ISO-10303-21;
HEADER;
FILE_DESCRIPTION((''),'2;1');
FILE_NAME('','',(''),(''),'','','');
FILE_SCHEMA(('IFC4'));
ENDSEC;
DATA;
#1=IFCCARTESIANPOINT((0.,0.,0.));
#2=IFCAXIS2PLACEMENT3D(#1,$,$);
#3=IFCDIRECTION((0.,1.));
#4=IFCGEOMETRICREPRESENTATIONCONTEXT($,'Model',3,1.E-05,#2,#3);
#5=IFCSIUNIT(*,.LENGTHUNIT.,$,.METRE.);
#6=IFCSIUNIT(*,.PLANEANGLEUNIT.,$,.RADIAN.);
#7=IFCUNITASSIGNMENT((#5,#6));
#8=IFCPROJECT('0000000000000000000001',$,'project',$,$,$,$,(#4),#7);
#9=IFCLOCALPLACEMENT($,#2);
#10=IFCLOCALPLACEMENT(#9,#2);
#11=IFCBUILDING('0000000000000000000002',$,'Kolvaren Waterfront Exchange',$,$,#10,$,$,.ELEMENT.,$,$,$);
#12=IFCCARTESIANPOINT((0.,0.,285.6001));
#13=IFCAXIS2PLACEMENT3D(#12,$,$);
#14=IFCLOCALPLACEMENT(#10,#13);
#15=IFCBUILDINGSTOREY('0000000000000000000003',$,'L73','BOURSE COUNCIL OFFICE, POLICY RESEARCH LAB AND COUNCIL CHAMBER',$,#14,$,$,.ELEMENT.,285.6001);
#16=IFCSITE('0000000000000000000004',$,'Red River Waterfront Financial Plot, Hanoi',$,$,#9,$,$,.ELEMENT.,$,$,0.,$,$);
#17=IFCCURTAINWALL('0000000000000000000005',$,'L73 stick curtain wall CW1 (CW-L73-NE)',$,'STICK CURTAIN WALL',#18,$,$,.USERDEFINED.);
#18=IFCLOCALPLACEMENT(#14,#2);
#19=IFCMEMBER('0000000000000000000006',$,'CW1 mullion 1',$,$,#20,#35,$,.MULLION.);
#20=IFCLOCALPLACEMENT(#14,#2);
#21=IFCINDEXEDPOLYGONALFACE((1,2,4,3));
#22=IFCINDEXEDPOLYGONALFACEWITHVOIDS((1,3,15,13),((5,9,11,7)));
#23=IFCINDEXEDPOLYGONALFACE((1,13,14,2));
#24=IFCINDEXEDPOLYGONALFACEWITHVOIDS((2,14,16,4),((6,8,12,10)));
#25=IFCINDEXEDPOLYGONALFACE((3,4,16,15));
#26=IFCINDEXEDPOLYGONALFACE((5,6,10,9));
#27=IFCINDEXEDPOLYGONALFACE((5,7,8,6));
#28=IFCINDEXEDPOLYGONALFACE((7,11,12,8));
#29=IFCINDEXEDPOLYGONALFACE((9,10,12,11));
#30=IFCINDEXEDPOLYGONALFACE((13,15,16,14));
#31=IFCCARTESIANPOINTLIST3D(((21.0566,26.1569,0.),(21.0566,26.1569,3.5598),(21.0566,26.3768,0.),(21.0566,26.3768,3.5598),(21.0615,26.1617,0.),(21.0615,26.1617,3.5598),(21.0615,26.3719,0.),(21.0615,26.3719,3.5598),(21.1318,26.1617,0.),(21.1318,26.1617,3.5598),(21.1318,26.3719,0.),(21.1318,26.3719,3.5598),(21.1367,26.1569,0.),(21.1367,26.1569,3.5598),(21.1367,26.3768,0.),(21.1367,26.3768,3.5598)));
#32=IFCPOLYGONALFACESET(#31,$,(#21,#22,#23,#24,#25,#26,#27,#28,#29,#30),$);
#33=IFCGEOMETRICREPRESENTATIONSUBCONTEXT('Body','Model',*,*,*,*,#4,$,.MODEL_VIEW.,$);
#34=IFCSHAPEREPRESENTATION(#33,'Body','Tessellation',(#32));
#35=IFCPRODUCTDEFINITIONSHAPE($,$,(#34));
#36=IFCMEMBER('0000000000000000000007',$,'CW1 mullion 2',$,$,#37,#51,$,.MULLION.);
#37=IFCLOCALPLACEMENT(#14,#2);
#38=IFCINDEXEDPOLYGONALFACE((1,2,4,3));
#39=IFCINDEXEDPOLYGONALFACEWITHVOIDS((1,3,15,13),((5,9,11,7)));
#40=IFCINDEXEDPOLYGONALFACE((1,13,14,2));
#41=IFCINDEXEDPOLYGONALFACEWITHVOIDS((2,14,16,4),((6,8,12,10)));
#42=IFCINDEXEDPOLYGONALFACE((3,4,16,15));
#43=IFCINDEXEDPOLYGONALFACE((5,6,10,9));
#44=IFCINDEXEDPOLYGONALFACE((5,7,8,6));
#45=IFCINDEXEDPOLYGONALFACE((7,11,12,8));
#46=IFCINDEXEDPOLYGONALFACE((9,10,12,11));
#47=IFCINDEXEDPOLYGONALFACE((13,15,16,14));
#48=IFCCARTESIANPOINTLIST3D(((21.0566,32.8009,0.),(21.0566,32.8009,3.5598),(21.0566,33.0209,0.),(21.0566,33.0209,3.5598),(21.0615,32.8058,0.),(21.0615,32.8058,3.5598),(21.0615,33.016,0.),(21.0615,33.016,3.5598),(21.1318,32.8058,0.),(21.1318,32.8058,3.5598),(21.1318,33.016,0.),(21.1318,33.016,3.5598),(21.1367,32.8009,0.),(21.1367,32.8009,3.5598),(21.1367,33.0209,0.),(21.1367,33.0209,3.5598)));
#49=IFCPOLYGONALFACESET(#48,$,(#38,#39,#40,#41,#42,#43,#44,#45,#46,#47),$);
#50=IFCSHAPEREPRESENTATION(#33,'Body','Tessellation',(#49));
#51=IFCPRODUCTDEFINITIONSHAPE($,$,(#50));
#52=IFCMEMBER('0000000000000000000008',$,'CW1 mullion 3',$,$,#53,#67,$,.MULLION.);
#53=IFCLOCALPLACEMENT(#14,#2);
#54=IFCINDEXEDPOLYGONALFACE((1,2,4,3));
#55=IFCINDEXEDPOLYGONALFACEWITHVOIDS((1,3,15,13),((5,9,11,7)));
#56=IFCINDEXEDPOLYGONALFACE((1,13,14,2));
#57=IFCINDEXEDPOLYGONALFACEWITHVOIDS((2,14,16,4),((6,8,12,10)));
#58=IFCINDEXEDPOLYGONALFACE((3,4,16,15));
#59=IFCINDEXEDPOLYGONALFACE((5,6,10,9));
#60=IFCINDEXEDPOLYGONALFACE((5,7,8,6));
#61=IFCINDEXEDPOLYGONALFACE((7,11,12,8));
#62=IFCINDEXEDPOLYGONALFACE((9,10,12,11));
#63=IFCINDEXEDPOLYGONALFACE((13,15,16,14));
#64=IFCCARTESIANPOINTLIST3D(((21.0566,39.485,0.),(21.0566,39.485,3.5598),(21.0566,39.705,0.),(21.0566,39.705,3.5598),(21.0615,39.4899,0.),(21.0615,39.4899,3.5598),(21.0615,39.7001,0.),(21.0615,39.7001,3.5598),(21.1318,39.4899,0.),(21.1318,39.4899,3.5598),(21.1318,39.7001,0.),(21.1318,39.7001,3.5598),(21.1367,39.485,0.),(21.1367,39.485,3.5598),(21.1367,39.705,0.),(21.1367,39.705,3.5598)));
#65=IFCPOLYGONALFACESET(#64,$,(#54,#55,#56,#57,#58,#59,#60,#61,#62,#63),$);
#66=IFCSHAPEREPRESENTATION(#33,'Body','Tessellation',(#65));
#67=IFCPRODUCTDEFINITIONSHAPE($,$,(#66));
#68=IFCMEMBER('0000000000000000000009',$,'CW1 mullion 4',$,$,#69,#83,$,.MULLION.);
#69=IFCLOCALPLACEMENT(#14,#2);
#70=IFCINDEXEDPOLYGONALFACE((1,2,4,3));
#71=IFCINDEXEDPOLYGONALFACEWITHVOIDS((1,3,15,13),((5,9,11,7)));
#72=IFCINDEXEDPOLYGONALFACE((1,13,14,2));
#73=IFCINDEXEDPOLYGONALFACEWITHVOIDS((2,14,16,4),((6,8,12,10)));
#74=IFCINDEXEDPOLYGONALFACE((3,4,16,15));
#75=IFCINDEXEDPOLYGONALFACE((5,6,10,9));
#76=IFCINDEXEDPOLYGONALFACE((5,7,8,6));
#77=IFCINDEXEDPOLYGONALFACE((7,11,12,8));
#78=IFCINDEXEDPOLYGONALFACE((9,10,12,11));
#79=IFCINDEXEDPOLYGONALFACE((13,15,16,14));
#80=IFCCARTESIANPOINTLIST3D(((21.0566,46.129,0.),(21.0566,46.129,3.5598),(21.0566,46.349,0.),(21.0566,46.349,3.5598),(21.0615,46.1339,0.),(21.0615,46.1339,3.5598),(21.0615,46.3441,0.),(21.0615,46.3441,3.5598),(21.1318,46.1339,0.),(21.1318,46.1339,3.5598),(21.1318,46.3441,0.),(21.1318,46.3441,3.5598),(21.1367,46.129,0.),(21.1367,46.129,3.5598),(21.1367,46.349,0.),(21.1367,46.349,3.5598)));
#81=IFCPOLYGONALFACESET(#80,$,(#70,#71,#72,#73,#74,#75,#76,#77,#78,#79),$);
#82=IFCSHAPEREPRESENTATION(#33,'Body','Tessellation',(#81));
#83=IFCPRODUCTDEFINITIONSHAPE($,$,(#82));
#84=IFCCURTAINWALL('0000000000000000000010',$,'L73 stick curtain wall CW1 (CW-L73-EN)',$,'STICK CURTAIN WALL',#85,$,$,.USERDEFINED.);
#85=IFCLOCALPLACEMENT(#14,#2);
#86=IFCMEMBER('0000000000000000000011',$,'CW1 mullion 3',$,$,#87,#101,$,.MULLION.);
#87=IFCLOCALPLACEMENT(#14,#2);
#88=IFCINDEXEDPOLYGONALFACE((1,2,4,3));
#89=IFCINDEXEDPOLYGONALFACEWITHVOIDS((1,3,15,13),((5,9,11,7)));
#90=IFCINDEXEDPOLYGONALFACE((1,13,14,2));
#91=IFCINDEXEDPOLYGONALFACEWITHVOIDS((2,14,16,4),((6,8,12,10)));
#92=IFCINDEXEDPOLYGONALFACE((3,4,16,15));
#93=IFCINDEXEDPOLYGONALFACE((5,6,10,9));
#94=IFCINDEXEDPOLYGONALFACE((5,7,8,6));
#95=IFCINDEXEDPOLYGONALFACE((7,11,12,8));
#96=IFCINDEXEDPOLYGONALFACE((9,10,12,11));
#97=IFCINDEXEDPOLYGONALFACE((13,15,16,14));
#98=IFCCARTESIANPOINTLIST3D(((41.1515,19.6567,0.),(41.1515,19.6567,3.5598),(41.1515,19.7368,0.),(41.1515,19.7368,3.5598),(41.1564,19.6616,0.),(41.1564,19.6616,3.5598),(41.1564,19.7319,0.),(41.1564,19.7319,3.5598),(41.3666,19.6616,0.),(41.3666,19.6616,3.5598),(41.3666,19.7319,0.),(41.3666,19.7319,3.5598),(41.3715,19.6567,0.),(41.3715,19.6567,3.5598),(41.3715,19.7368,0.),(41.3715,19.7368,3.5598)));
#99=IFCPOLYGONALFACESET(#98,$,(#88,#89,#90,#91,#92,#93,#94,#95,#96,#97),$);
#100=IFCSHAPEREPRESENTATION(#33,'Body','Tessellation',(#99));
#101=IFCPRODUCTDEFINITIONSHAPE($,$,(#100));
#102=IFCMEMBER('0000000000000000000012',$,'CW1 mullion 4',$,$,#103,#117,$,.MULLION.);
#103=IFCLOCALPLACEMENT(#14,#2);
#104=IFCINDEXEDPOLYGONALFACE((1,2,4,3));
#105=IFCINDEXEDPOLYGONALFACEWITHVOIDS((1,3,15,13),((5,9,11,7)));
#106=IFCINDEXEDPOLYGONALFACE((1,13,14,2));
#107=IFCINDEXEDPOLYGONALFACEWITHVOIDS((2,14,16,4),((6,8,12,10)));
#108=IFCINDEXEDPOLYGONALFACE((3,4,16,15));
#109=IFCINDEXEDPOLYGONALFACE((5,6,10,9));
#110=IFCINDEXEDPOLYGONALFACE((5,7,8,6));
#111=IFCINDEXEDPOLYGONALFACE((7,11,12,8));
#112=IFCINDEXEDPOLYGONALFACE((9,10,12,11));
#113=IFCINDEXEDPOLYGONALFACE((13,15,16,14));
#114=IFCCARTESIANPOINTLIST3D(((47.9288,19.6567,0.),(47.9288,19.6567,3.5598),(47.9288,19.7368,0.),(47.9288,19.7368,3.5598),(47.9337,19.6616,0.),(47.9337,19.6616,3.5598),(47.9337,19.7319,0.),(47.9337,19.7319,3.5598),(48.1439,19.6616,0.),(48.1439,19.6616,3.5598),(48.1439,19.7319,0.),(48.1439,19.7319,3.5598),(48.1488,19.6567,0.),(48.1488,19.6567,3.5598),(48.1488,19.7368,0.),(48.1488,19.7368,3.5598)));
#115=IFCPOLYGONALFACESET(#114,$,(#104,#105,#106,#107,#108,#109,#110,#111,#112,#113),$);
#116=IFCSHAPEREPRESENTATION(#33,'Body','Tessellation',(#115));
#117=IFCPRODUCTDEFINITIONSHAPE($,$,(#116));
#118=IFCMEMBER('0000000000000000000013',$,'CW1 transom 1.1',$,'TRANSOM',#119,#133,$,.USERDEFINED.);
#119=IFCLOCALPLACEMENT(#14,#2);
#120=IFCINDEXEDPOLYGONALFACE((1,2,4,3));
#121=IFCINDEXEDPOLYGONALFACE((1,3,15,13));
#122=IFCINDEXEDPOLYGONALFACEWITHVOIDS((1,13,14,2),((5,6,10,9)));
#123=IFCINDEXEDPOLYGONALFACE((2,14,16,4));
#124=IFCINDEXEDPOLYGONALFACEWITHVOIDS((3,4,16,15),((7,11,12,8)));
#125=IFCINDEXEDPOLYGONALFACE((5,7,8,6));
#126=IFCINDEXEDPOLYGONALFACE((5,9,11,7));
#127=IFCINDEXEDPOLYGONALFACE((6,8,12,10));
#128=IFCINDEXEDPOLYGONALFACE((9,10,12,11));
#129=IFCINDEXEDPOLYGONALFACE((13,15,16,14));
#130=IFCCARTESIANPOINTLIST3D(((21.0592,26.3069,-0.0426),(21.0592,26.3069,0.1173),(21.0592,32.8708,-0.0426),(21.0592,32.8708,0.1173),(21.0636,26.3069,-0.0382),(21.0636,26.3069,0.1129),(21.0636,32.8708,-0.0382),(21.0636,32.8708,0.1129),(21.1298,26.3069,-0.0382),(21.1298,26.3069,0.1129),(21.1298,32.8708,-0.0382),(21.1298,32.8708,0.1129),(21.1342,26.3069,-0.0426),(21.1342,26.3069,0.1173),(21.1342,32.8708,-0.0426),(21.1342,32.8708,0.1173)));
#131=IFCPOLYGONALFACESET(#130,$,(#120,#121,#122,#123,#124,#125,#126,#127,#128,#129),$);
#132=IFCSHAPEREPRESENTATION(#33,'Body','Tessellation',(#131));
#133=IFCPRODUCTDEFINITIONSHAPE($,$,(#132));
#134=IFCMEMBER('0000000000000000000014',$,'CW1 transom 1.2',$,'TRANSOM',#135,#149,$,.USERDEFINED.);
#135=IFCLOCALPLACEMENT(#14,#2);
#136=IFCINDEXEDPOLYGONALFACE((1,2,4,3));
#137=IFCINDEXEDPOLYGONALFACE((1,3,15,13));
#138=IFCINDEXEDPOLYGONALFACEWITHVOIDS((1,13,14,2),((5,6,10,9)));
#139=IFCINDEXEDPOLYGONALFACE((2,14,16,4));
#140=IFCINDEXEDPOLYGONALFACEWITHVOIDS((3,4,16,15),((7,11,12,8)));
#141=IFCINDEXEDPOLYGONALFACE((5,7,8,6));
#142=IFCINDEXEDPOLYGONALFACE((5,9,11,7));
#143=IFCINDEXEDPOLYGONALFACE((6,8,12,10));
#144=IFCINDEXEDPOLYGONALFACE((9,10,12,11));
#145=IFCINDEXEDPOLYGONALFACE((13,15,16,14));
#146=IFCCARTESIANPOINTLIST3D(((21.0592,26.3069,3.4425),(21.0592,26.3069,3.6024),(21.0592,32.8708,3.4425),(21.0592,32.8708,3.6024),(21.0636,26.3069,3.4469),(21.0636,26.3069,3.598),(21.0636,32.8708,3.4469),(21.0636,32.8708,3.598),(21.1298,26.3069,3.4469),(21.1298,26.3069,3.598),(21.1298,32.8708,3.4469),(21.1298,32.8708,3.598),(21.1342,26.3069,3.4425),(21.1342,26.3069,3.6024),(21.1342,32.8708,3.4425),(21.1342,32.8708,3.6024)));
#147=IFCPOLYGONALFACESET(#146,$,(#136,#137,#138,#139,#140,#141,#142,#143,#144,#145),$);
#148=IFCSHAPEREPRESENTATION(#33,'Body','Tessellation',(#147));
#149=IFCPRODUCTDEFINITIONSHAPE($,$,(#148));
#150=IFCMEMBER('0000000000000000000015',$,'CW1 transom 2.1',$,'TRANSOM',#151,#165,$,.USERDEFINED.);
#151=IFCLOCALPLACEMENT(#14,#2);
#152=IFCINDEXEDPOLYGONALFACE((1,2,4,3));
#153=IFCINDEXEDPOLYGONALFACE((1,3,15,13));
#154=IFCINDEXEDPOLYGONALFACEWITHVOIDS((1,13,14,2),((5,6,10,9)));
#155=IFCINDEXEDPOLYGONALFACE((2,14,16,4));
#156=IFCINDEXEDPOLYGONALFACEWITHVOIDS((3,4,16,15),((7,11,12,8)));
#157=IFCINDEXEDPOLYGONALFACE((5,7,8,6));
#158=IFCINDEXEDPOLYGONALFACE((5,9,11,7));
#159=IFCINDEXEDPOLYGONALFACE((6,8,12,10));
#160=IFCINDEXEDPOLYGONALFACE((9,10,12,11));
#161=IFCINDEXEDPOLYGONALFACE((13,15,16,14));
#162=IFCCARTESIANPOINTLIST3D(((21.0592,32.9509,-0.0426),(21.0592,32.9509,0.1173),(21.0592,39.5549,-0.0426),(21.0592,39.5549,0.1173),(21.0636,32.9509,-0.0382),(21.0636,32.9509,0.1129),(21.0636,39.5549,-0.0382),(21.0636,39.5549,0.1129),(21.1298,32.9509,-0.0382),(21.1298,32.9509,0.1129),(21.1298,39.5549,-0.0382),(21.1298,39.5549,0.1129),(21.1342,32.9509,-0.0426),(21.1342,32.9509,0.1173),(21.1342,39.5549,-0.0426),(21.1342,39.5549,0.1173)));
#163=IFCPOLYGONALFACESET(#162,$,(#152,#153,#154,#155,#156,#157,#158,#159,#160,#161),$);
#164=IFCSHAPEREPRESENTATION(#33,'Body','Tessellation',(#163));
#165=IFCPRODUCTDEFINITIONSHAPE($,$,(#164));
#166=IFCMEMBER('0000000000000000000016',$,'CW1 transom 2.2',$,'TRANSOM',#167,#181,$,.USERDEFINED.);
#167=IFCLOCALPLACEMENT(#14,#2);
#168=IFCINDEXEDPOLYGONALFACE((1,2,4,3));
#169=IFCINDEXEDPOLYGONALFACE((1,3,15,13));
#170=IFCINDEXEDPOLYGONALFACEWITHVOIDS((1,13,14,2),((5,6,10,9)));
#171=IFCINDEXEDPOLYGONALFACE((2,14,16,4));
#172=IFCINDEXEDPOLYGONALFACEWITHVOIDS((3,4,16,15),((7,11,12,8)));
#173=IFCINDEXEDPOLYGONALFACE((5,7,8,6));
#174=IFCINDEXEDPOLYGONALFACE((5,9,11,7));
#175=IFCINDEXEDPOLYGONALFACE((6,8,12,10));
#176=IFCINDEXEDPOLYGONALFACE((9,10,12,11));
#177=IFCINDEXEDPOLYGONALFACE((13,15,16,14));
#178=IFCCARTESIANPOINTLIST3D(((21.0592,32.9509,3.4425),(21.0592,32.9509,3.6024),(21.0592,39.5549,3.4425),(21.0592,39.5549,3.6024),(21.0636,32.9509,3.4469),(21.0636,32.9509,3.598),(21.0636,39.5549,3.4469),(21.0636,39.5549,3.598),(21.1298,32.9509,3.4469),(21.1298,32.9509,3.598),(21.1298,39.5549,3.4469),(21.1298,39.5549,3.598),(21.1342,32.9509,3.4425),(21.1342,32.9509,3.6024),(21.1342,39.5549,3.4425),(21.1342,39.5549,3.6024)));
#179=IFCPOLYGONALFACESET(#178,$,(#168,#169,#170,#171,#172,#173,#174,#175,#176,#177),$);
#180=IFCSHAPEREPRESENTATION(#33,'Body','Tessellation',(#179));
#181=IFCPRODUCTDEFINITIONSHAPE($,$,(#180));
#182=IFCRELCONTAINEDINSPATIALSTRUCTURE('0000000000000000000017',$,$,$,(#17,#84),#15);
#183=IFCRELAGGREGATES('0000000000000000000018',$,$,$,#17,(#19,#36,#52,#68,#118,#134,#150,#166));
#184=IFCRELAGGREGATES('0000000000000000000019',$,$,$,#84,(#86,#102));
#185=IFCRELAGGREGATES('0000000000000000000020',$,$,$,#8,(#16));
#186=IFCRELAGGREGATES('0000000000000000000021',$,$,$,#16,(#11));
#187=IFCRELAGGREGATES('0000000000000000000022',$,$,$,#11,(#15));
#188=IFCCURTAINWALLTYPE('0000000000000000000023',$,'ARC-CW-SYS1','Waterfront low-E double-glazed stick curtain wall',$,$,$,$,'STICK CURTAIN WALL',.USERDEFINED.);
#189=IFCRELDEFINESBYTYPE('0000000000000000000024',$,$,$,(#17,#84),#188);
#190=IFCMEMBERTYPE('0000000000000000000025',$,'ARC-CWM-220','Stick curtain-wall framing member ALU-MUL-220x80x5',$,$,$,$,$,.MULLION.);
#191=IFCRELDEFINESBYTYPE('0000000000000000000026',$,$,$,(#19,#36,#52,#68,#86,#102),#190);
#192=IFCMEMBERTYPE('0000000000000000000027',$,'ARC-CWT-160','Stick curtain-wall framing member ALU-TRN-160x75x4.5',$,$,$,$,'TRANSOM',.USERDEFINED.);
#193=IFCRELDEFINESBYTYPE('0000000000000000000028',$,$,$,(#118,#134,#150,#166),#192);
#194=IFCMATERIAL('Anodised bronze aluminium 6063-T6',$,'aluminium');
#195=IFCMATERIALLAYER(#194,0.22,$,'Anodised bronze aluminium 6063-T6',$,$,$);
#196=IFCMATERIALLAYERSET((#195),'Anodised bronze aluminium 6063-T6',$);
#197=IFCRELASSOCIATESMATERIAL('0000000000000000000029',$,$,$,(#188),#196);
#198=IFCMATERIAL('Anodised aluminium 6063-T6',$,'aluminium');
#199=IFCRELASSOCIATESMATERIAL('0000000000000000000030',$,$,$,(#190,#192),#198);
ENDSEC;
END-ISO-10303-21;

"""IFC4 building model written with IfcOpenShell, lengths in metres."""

from ifc_helpers import new_model, si_unit, direction, frame, origin, origin_with_axes, origin_2d, place, context, subcontext, project, spatial, hollow_rectangle, extrude, source, transform, mapped, material, layer, layer_set, material_profile, profile_set, type_object, element, aggregate, save


model = new_model("IFC4")

# Units and contexts
model_context = context("Model", 3, precision=1e-05, world=origin(), true_north=direction((0.0, 1.0)))
body_context = subcontext(model_context, "Body", "Model", "MODEL_VIEW")
ifc_project = project(units=[si_unit("LENGTHUNIT", "METRE"), si_unit("PLANEANGLEUNIT", "RADIAN")], contexts=[model_context])

# Site, building, storey
site_placement = place(None, origin())
site = spatial("IfcSite", under=ifc_project, at=site_placement, Name="Red River Waterfront Financial Plot, Hanoi", CompositionType="ELEMENT", RefElevation=0.0)
building_placement = place(site_placement, origin())
building = spatial("IfcBuilding", under=site, at=building_placement, Name="Kolvaren Waterfront Exchange", CompositionType="ELEMENT")
storey_placement = place(building_placement, frame((0.0, 0.0, 285.6001)))
storey = spatial("IfcBuildingStorey", under=building, at=storey_placement, Name="L73", Description="BOURSE COUNCIL OFFICE, POLICY RESEARCH LAB AND COUNCIL CHAMBER", CompositionType="ELEMENT", Elevation=285.6001)

# Curtain walls, members
ifc_material_1 = material(Name="Anodised bronze aluminium 6063-T6", Category="aluminium")
ifc_layer_1 = layer(ifc_material_1, 0.22, Name="Anodised bronze aluminium 6063-T6")
ifc_layer_set_1 = layer_set([ifc_layer_1], Name="Anodised bronze aluminium 6063-T6")
curtain_wall_type = type_object("IfcCurtainWallType", Name="ARC-CW-SYS1", Description="Waterfront low-E double-glazed stick curtain wall", ElementType="STICK CURTAIN WALL", PredefinedType="USERDEFINED", material=ifc_layer_set_1)
curtain_wall_1_placement = place(storey_placement, origin())
curtain_wall_1 = element("IfcCurtainWall", 1, at=curtain_wall_1_placement, inside=storey, type_object=curtain_wall_type, Name="L73 stick curtain wall CW1 (CW-L73-NE)", ObjectType="STICK CURTAIN WALL", PredefinedType="USERDEFINED")
ifc_material_2 = material(Name="Anodised aluminium 6063-T6", Category="aluminium")
ifc_material_profile_1 = material_profile(ifc_material_2, hollow_rectangle(XDim=0.0801, YDim=0.22, WallThickness=0.0049, at=origin_2d()), Name="ALU-MUL-220x80x5")
ifc_profile_set_1 = profile_set([ifc_material_profile_1], Name="Anodised aluminium 6063-T6")
member_type_1 = type_object("IfcMemberType", Name="ARC-CWM-220", Description="Stick curtain-wall framing member ALU-MUL-220x80x5", PredefinedType="MULLION", material=ifc_profile_set_1)
shared_shape_1 = source(origin_with_axes(), body_context, "Body", "SweptSolid", [
    extrude(hollow_rectangle(XDim=0.0801, YDim=0.22, WallThickness=0.0049, at=origin_2d()), origin(), (0.0, 0.0, 1.0), 3.5598),
])
member_1_placement = place(storey_placement, frame((21.0967, 26.2668, 0.0), z_axis=(0.0, 0.0, 1.0), x_axis=(-1.0, 0.0, 0.0)))
member_1 = element("IfcMember", 2, at=member_1_placement, type_object=member_type_1, Name="CW1 mullion 1", PredefinedType="MULLION", context=body_context, shape_type="MappedRepresentation", body=[
    mapped(shared_shape_1, transform((0.0, 0.0, 0.0), x_axis=(1.0, 0.0, 0.0), y_axis=(0.0, 1.0, 0.0), z_axis=(0.0, 0.0, 1.0), scale=1.0)),
])
member_2_placement = place(storey_placement, frame((21.0967, 32.9109, 0.0), z_axis=(0.0, 0.0, 1.0), x_axis=(-1.0, 0.0, 0.0)))
member_2 = element("IfcMember", 3, at=member_2_placement, type_object=member_type_1, Name="CW1 mullion 2", PredefinedType="MULLION", context=body_context, shape_type="MappedRepresentation", body=[
    mapped(shared_shape_1, transform((0.0, 0.0, 0.0), x_axis=(1.0, 0.0, 0.0), y_axis=(0.0, 1.0, 0.0), z_axis=(0.0, 0.0, 1.0), scale=1.0)),
])
member_3_placement = place(storey_placement, frame((21.0967, 39.595, 0.0), z_axis=(0.0, 0.0, 1.0), x_axis=(-1.0, 0.0, 0.0)))
member_3 = element("IfcMember", 4, at=member_3_placement, type_object=member_type_1, Name="CW1 mullion 3", PredefinedType="MULLION", context=body_context, shape_type="MappedRepresentation", body=[
    mapped(shared_shape_1, transform((0.0, 0.0, 0.0), x_axis=(1.0, 0.0, 0.0), y_axis=(0.0, 1.0, 0.0), z_axis=(0.0, 0.0, 1.0), scale=1.0)),
])
member_4_placement = place(storey_placement, frame((21.0967, 46.239, 0.0), z_axis=(0.0, 0.0, 1.0), x_axis=(-1.0, 0.0, 0.0)))
member_4 = element("IfcMember", 5, at=member_4_placement, type_object=member_type_1, Name="CW1 mullion 4", PredefinedType="MULLION", context=body_context, shape_type="MappedRepresentation", body=[
    mapped(shared_shape_1, transform((0.0, 0.0, 0.0), x_axis=(1.0, 0.0, 0.0), y_axis=(0.0, 1.0, 0.0), z_axis=(0.0, 0.0, 1.0), scale=1.0)),
])
curtain_wall_2_placement = place(storey_placement, origin())
curtain_wall_2 = element("IfcCurtainWall", 6, at=curtain_wall_2_placement, inside=storey, type_object=curtain_wall_type, Name="L73 stick curtain wall CW1 (CW-L73-EN)", ObjectType="STICK CURTAIN WALL", PredefinedType="USERDEFINED")
member_5_placement = place(storey_placement, frame((41.2615, 19.6968, 0.0), z_axis=(0.0, 0.0, 1.0), x_axis=(0.0, 1.0, 0.0)))
member_5 = element("IfcMember", 7, at=member_5_placement, type_object=member_type_1, Name="CW1 mullion 3", PredefinedType="MULLION", context=body_context, shape_type="MappedRepresentation", body=[
    mapped(shared_shape_1, transform((0.0, 0.0, 0.0), x_axis=(1.0, 0.0, 0.0), y_axis=(0.0, 1.0, 0.0), z_axis=(0.0, 0.0, 1.0), scale=1.0)),
])
member_6_placement = place(storey_placement, frame((48.0388, 19.6968, 0.0), z_axis=(0.0, 0.0, 1.0), x_axis=(0.0, 1.0, 0.0)))
member_6 = element("IfcMember", 8, at=member_6_placement, type_object=member_type_1, Name="CW1 mullion 4", PredefinedType="MULLION", context=body_context, shape_type="MappedRepresentation", body=[
    mapped(shared_shape_1, transform((0.0, 0.0, 0.0), x_axis=(1.0, 0.0, 0.0), y_axis=(0.0, 1.0, 0.0), z_axis=(0.0, 0.0, 1.0), scale=1.0)),
])

# Members
ifc_material_profile_2 = material_profile(ifc_material_2, hollow_rectangle(XDim=0.075, YDim=0.1599, WallThickness=0.0044, at=origin_2d()), Name="ALU-TRN-160x75x4.5")
ifc_profile_set_2 = profile_set([ifc_material_profile_2], Name="Anodised aluminium 6063-T6")
member_type_2 = type_object("IfcMemberType", Name="ARC-CWT-160", Description="Stick curtain-wall framing member ALU-TRN-160x75x4.5", ElementType="TRANSOM", PredefinedType="USERDEFINED", material=ifc_profile_set_2)
shared_shape_2 = source(origin_with_axes(), body_context, "Body", "SweptSolid", [
    extrude(hollow_rectangle(XDim=0.075, YDim=0.1599, WallThickness=0.0044, at=origin_2d()), origin(), (0.0, 0.0, 1.0), 6.564),
])
member_7_placement = place(storey_placement, frame((21.0967, 26.3069, 0.0374), z_axis=(0.0, 1.0, 0.0), x_axis=(-1.0, 0.0, 0.0)))
member_7 = element("IfcMember", 9, at=member_7_placement, type_object=member_type_2, Name="CW1 transom 1.1", ObjectType="TRANSOM", PredefinedType="USERDEFINED", context=body_context, shape_type="MappedRepresentation", body=[
    mapped(shared_shape_2, transform((0.0, 0.0, 0.0), x_axis=(1.0, 0.0, 0.0), y_axis=(0.0, 1.0, 0.0), z_axis=(0.0, 0.0, 1.0), scale=1.0)),
])
member_8_placement = place(storey_placement, frame((21.0967, 26.3069, 3.5225), z_axis=(0.0, 1.0, 0.0), x_axis=(-1.0, 0.0, 0.0)))
member_8 = element("IfcMember", 10, at=member_8_placement, type_object=member_type_2, Name="CW1 transom 1.2", ObjectType="TRANSOM", PredefinedType="USERDEFINED", context=body_context, shape_type="MappedRepresentation", body=[
    mapped(shared_shape_2, transform((0.0, 0.0, 0.0), x_axis=(1.0, 0.0, 0.0), y_axis=(0.0, 1.0, 0.0), z_axis=(0.0, 0.0, 1.0), scale=1.0)),
])
shared_shape_3 = source(origin_with_axes(), body_context, "Body", "SweptSolid", [
    extrude(hollow_rectangle(XDim=0.075, YDim=0.1599, WallThickness=0.0044, at=origin_2d()), origin(), (0.0, 0.0, 1.0), 6.604),
])
member_9_placement = place(storey_placement, frame((21.0967, 32.9509, 0.0374), z_axis=(0.0, 1.0, 0.0), x_axis=(-1.0, 0.0, 0.0)))
member_9 = element("IfcMember", 11, at=member_9_placement, type_object=member_type_2, Name="CW1 transom 2.1", ObjectType="TRANSOM", PredefinedType="USERDEFINED", context=body_context, shape_type="MappedRepresentation", body=[
    mapped(shared_shape_3, transform((0.0, 0.0, 0.0), x_axis=(1.0, 0.0, 0.0), y_axis=(0.0, 1.0, 0.0), z_axis=(0.0, 0.0, 1.0), scale=1.0)),
])
member_10_placement = place(storey_placement, frame((21.0967, 32.9509, 3.5225), z_axis=(0.0, 1.0, 0.0), x_axis=(-1.0, 0.0, 0.0)))
member_10 = element("IfcMember", 12, at=member_10_placement, type_object=member_type_2, Name="CW1 transom 2.2", ObjectType="TRANSOM", PredefinedType="USERDEFINED", context=body_context, shape_type="MappedRepresentation", body=[
    mapped(shared_shape_3, transform((0.0, 0.0, 0.0), x_axis=(1.0, 0.0, 0.0), y_axis=(0.0, 1.0, 0.0), z_axis=(0.0, 0.0, 1.0), scale=1.0)),
])

aggregate(curtain_wall_1, [member_1, member_2, member_3, member_4, member_7, member_8, member_9, member_10])
aggregate(curtain_wall_2, [member_5, member_6])

save(model, "model.ifc")
